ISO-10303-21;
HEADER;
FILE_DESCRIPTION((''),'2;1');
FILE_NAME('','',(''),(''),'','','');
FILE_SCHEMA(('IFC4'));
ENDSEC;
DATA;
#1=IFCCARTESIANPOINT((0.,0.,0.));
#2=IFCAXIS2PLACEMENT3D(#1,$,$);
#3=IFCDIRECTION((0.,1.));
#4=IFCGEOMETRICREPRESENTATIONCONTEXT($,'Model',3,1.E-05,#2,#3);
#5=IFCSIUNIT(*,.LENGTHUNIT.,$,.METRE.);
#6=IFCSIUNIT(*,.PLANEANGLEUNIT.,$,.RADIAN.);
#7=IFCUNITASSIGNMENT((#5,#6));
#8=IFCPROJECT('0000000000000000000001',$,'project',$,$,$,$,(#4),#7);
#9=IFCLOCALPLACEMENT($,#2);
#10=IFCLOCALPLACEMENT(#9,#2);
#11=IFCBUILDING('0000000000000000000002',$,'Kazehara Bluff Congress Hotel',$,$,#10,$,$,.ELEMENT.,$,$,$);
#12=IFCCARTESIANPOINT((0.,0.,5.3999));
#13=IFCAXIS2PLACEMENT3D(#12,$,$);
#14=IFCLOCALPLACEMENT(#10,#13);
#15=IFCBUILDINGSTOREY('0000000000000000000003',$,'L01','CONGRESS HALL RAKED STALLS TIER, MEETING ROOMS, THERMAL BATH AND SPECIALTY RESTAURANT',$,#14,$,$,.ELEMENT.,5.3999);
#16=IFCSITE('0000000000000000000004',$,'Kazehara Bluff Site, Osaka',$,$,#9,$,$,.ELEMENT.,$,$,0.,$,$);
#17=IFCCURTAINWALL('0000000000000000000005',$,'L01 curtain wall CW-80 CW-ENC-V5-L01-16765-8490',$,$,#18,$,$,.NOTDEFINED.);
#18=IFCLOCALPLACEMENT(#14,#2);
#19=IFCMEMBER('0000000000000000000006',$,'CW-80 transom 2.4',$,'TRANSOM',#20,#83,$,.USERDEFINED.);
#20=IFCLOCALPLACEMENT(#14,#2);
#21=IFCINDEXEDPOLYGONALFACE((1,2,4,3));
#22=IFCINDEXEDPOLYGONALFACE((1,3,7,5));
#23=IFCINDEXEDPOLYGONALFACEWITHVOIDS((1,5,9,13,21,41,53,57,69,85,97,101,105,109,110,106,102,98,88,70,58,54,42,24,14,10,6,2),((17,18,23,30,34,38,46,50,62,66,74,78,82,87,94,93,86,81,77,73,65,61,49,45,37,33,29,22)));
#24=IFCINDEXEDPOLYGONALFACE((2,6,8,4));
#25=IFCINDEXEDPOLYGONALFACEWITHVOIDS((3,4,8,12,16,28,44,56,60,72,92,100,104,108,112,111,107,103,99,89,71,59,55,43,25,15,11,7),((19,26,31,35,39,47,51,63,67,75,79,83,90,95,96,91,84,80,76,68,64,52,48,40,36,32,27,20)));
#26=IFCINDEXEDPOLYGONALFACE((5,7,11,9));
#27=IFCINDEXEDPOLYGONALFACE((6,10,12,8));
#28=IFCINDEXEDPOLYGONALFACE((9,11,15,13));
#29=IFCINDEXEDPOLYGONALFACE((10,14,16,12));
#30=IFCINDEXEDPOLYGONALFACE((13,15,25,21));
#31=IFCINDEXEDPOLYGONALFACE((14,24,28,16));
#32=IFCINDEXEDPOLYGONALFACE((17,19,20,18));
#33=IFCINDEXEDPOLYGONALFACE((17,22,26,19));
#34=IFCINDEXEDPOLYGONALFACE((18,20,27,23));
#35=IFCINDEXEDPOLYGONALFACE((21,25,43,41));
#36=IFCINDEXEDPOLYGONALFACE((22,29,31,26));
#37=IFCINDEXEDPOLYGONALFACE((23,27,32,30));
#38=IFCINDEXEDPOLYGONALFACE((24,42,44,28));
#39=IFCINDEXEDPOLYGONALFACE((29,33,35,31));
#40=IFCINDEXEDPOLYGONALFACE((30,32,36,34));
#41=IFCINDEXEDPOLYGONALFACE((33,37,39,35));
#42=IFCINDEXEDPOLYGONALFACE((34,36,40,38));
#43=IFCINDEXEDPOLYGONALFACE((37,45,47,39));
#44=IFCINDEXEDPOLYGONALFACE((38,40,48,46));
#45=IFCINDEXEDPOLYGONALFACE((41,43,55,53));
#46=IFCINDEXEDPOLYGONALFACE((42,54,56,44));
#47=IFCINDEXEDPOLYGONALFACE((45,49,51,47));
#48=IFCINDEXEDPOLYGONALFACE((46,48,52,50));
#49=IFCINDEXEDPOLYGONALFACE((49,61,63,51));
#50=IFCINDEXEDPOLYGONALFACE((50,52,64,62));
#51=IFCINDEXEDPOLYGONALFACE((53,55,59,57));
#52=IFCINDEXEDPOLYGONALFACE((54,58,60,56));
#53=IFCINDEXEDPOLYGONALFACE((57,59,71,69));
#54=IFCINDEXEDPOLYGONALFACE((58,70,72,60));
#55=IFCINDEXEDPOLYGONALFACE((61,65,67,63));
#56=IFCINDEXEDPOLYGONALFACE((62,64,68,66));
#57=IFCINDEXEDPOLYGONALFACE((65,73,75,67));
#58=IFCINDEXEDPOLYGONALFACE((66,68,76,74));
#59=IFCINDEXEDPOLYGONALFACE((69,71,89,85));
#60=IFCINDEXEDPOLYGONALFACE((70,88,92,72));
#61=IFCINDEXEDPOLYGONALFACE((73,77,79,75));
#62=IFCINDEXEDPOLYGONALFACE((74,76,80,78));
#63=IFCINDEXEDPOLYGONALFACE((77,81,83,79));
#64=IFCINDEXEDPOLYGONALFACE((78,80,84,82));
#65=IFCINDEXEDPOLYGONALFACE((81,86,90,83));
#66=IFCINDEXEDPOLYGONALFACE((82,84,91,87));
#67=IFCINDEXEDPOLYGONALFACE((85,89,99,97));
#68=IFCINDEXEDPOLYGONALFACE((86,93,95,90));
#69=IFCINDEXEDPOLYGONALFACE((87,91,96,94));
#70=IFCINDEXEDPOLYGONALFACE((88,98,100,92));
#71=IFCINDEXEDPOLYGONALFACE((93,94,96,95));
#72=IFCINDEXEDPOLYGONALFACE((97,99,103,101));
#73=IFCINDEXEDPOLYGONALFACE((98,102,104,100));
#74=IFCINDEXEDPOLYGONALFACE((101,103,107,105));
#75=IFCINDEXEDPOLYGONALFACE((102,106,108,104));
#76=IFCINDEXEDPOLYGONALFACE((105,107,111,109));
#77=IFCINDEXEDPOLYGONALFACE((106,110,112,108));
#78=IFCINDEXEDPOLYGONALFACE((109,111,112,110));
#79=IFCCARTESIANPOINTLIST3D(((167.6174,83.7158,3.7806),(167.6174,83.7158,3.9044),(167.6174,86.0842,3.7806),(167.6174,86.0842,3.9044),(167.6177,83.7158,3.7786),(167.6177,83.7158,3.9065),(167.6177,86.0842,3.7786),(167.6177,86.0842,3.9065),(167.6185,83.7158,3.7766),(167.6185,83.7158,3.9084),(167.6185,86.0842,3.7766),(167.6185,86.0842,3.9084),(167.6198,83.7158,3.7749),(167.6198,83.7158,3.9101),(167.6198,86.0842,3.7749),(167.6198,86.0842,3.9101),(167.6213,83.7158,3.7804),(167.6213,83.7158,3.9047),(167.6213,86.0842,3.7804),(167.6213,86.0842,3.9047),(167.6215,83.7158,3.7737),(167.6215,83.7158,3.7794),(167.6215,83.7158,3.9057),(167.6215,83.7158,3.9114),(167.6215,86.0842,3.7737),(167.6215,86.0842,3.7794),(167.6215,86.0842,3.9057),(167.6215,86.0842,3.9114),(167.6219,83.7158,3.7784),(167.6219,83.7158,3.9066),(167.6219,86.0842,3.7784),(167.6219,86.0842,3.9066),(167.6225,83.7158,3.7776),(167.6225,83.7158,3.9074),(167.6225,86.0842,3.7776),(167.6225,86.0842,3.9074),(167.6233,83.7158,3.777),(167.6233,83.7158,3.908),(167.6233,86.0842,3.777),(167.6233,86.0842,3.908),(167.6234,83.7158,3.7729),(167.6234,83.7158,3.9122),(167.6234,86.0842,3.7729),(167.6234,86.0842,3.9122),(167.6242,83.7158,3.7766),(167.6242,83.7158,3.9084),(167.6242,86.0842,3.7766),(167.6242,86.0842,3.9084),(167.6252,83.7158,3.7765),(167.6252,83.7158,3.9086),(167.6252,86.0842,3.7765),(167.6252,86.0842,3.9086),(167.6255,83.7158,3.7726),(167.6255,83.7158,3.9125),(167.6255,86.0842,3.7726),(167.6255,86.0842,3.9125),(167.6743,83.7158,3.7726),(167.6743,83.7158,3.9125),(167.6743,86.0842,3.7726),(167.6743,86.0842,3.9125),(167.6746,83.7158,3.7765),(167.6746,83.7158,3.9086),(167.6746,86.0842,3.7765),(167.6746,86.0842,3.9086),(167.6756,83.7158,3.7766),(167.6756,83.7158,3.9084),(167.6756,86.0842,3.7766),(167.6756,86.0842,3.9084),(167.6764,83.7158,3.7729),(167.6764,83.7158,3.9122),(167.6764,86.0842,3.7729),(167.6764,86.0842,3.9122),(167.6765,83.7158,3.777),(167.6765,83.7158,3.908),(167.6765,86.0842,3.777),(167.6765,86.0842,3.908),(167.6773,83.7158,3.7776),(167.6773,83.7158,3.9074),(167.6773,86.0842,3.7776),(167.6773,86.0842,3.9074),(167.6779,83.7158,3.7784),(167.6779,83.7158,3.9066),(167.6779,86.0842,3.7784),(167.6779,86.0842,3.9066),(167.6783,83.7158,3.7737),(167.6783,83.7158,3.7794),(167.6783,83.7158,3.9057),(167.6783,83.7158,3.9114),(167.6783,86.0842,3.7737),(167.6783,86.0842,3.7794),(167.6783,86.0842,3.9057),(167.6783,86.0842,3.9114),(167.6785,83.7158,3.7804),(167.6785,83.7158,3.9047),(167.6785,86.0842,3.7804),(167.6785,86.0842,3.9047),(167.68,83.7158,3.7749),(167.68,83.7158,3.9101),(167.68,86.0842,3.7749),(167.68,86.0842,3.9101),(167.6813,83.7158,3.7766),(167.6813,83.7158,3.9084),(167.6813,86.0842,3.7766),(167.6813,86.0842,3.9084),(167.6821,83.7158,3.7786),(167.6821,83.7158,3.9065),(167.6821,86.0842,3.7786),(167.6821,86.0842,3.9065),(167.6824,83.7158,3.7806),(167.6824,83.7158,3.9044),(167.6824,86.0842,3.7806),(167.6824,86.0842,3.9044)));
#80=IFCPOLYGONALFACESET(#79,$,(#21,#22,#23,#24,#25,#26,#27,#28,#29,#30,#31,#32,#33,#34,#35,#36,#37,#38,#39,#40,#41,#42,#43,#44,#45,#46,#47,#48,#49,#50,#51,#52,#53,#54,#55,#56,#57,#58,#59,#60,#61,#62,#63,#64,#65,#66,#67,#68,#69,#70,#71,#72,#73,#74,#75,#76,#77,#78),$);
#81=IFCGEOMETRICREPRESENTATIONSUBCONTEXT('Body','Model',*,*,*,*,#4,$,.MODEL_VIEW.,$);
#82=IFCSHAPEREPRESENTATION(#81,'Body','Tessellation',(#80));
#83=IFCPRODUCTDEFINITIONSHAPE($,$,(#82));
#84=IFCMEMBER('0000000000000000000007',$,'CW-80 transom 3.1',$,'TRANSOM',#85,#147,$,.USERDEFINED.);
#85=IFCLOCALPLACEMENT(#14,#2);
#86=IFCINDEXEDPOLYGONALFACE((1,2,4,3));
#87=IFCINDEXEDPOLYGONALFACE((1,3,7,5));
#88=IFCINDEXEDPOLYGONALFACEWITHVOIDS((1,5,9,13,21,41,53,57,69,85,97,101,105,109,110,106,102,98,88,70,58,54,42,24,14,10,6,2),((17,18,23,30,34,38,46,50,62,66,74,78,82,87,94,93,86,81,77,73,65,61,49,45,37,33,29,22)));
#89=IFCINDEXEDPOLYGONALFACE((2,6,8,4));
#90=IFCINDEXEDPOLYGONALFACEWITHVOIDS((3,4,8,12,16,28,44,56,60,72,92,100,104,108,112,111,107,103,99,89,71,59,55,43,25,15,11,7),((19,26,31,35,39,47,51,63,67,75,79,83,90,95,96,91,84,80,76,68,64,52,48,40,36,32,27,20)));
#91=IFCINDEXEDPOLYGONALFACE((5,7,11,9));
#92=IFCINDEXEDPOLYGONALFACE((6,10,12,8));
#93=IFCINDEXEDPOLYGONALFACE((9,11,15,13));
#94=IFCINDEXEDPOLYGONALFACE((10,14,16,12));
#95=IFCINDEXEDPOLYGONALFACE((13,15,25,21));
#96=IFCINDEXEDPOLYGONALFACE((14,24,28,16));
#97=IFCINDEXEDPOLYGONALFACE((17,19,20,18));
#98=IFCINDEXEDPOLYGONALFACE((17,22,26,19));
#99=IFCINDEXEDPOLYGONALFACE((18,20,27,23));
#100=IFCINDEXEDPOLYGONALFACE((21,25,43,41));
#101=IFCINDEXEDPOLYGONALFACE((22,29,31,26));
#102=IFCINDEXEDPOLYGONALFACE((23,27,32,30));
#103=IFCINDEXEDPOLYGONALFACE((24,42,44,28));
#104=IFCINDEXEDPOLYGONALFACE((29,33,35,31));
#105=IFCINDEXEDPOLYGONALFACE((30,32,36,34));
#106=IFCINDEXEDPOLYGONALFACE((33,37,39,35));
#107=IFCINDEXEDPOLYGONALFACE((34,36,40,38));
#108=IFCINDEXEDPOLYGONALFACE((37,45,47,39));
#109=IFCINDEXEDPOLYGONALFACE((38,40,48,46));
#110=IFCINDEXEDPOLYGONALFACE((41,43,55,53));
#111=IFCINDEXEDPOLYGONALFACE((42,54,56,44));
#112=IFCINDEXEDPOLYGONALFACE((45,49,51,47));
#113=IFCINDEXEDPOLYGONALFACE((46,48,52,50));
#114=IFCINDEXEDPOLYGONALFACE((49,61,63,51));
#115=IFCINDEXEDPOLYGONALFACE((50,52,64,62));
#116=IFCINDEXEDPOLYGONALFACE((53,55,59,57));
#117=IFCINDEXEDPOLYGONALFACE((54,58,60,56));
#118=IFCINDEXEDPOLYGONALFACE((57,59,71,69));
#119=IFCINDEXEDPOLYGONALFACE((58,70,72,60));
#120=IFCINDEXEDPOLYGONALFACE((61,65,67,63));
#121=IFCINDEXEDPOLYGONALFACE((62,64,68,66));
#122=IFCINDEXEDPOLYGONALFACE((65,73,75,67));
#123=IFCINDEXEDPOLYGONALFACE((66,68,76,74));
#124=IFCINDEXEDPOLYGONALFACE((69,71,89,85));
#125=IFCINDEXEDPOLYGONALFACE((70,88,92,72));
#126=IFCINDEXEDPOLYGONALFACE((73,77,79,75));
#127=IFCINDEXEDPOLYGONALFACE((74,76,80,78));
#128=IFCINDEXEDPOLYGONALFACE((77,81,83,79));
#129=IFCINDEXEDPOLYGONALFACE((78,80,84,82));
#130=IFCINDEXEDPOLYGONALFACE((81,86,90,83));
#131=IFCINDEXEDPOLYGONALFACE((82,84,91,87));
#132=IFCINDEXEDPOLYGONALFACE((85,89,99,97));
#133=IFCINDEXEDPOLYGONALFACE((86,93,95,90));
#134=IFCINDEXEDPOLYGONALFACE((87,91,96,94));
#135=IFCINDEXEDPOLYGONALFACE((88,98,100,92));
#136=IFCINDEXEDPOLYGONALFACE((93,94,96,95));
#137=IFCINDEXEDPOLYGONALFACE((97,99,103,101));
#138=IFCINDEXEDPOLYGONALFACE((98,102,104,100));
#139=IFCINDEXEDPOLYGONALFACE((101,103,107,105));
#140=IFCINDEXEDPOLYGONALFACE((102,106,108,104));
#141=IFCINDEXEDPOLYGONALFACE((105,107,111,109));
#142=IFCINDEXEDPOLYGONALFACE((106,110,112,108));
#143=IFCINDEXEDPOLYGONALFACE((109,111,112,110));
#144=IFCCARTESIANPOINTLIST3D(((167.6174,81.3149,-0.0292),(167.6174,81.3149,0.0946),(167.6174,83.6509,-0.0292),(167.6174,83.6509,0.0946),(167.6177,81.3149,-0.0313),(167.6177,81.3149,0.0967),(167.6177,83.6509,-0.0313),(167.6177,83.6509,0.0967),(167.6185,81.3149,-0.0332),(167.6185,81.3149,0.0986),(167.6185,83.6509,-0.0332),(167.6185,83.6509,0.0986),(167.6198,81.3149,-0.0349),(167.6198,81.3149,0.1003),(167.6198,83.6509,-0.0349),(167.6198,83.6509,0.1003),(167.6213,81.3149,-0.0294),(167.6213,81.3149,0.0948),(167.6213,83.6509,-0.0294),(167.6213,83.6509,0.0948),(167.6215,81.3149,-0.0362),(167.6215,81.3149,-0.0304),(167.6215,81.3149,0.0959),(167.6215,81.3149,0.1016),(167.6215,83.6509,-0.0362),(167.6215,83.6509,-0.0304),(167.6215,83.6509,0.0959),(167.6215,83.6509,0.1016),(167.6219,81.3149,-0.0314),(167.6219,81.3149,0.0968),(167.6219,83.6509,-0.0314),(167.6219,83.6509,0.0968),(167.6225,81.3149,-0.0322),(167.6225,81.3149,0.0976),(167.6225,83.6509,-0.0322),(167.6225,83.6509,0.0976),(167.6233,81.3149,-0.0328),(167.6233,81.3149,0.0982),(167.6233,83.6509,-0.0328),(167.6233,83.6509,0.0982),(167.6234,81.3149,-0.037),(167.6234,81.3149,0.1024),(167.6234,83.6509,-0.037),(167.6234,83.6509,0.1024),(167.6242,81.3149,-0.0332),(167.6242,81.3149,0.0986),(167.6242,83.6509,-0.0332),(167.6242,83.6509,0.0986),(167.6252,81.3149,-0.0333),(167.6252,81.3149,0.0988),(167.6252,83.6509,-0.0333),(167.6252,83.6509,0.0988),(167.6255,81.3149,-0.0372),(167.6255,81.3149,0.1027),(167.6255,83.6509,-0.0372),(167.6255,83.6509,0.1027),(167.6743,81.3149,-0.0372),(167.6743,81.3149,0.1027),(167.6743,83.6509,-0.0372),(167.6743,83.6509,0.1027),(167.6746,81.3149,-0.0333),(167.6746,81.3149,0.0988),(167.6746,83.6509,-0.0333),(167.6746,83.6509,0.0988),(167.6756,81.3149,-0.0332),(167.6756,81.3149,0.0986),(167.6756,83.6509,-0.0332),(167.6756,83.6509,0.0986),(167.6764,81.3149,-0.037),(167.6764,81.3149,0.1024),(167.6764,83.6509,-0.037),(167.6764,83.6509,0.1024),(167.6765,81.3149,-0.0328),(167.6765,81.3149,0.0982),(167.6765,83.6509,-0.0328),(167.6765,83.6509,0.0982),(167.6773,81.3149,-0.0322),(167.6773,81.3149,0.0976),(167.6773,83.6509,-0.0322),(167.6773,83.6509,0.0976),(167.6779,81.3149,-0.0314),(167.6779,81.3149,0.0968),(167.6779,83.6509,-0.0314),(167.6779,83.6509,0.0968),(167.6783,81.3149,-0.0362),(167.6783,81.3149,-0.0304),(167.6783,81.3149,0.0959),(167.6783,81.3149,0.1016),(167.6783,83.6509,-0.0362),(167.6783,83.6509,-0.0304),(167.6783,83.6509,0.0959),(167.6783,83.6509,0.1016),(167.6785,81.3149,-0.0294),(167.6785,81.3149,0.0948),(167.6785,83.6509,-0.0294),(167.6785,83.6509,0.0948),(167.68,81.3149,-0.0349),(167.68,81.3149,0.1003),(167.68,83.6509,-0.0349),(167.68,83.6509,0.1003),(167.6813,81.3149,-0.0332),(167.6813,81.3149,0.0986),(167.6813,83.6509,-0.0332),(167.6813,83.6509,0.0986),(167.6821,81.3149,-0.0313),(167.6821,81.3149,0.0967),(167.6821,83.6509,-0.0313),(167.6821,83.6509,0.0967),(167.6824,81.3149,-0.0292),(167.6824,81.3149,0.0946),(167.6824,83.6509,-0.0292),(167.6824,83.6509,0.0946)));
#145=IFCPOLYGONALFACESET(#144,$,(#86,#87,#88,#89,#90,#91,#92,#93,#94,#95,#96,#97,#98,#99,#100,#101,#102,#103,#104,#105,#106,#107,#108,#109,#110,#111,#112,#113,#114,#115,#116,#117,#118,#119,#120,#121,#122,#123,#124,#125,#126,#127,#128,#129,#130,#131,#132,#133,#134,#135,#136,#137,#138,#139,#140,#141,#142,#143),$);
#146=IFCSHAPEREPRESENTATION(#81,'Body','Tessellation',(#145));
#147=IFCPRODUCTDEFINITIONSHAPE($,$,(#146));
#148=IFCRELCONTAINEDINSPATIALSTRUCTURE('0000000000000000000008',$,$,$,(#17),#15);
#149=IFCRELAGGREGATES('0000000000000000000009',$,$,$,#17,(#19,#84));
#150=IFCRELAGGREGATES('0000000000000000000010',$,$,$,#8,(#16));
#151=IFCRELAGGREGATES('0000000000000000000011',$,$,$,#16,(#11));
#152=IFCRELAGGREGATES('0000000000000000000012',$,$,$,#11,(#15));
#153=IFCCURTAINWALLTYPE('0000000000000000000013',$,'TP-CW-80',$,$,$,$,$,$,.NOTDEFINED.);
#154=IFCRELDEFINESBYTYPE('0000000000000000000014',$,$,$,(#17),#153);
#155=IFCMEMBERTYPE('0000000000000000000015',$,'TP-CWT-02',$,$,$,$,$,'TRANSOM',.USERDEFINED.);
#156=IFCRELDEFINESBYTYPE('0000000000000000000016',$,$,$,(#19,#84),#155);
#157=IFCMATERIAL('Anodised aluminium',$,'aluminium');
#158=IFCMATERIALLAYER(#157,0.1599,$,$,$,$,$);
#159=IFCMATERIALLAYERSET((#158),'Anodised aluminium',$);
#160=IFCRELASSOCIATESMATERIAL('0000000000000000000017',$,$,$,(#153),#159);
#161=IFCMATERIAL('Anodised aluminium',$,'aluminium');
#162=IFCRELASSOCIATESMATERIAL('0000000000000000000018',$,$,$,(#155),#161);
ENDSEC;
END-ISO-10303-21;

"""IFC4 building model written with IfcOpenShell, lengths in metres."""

from ifc_helpers import new_model, si_unit, direction, frame, origin, origin_2d, place, context, subcontext, project, spatial, hollow_rectangle, extrude, material, layer, layer_set, material_profile, profile_set, type_object, element, aggregate, save


model = new_model("IFC4")

# Units and contexts
model_context = context("Model", 3, precision=1e-05, world=origin(), true_north=direction((0.0, 1.0)))
body_context = subcontext(model_context, "Body", "Model", "MODEL_VIEW")
ifc_project = project(units=[si_unit("LENGTHUNIT", "METRE"), si_unit("PLANEANGLEUNIT", "RADIAN")], contexts=[model_context])

# Site, building, storey
site_placement = place(None, origin())
site = spatial("IfcSite", under=ifc_project, at=site_placement, Name="Kazehara Bluff Site, Osaka", CompositionType="ELEMENT", RefElevation=0.0)
building_placement = place(site_placement, origin())
building = spatial("IfcBuilding", under=site, at=building_placement, Name="Kazehara Bluff Congress Hotel", CompositionType="ELEMENT")
storey_placement = place(building_placement, frame((0.0, 0.0, 5.3999)))
storey = spatial("IfcBuildingStorey", under=building, at=storey_placement, Name="L01", Description="CONGRESS HALL RAKED STALLS TIER, MEETING ROOMS, THERMAL BATH AND SPECIALTY RESTAURANT", CompositionType="ELEMENT", Elevation=5.3999)

# Curtain wall
ifc_material_1 = material(Name="Anodised aluminium", Category="aluminium")
ifc_layer_1 = layer(ifc_material_1, 0.1599)
ifc_layer_set_1 = layer_set([ifc_layer_1], Name="Anodised aluminium")
curtain_wall_type = type_object("IfcCurtainWallType", Name="TP-CW-80", PredefinedType="NOTDEFINED", material=ifc_layer_set_1)
curtain_wall_1_placement = place(storey_placement, origin())
curtain_wall_1 = element("IfcCurtainWall", 1, at=curtain_wall_1_placement, inside=storey, type_object=curtain_wall_type, Name="L01 curtain wall CW-80 CW-ENC-V5-L01-16765-8490", PredefinedType="NOTDEFINED")

# Members
ifc_material_2 = material(Name="Anodised aluminium", Category="aluminium")
ifc_material_profile_1 = material_profile(ifc_material_2, hollow_rectangle(XDim=0.0649, YDim=0.1399, WallThickness=0.0039, InnerFilletRadius=0.0039, OuterFilletRadius=0.0081, at=origin_2d()))
ifc_profile_set_1 = profile_set([ifc_material_profile_1], Name="Anodised aluminium")
member_type_1 = type_object("IfcMemberType", Name="TP-CWT-02", ElementType="TRANSOM", PredefinedType="USERDEFINED", material=ifc_profile_set_1)
member_1_placement = place(storey_placement, frame((167.6499, 86.0842, 3.8425), z_axis=(0.0, -1.0, 0.0), x_axis=(1.0, 0.0, 0.0)))
member_1 = element("IfcMember", 2, at=member_1_placement, type_object=member_type_1, Name="CW-80 transom 2.4", ObjectType="TRANSOM", PredefinedType="USERDEFINED", context=body_context, shape_type="SweptSolid", body=[
    extrude(hollow_rectangle(XDim=0.0649, YDim=0.1399, WallThickness=0.0039, InnerFilletRadius=0.0039, OuterFilletRadius=0.0081, at=origin_2d()), origin(), (0.0, 0.0, 1.0), 2.3684),
])
member_2_placement = place(storey_placement, frame((167.6499, 83.6509, 0.0327), z_axis=(0.0, -1.0, 0.0), x_axis=(1.0, 0.0, 0.0)))
member_2 = element("IfcMember", 3, at=member_2_placement, type_object=member_type_1, Name="CW-80 transom 3.1", ObjectType="TRANSOM", PredefinedType="USERDEFINED", context=body_context, shape_type="SweptSolid", body=[
    extrude(hollow_rectangle(XDim=0.0649, YDim=0.1399, WallThickness=0.0039, InnerFilletRadius=0.0039, OuterFilletRadius=0.0081, at=origin_2d()), origin(), (0.0, 0.0, 1.0), 2.3359),
])

aggregate(curtain_wall_1, [member_1, member_2])

save(model, "model.ifc")
